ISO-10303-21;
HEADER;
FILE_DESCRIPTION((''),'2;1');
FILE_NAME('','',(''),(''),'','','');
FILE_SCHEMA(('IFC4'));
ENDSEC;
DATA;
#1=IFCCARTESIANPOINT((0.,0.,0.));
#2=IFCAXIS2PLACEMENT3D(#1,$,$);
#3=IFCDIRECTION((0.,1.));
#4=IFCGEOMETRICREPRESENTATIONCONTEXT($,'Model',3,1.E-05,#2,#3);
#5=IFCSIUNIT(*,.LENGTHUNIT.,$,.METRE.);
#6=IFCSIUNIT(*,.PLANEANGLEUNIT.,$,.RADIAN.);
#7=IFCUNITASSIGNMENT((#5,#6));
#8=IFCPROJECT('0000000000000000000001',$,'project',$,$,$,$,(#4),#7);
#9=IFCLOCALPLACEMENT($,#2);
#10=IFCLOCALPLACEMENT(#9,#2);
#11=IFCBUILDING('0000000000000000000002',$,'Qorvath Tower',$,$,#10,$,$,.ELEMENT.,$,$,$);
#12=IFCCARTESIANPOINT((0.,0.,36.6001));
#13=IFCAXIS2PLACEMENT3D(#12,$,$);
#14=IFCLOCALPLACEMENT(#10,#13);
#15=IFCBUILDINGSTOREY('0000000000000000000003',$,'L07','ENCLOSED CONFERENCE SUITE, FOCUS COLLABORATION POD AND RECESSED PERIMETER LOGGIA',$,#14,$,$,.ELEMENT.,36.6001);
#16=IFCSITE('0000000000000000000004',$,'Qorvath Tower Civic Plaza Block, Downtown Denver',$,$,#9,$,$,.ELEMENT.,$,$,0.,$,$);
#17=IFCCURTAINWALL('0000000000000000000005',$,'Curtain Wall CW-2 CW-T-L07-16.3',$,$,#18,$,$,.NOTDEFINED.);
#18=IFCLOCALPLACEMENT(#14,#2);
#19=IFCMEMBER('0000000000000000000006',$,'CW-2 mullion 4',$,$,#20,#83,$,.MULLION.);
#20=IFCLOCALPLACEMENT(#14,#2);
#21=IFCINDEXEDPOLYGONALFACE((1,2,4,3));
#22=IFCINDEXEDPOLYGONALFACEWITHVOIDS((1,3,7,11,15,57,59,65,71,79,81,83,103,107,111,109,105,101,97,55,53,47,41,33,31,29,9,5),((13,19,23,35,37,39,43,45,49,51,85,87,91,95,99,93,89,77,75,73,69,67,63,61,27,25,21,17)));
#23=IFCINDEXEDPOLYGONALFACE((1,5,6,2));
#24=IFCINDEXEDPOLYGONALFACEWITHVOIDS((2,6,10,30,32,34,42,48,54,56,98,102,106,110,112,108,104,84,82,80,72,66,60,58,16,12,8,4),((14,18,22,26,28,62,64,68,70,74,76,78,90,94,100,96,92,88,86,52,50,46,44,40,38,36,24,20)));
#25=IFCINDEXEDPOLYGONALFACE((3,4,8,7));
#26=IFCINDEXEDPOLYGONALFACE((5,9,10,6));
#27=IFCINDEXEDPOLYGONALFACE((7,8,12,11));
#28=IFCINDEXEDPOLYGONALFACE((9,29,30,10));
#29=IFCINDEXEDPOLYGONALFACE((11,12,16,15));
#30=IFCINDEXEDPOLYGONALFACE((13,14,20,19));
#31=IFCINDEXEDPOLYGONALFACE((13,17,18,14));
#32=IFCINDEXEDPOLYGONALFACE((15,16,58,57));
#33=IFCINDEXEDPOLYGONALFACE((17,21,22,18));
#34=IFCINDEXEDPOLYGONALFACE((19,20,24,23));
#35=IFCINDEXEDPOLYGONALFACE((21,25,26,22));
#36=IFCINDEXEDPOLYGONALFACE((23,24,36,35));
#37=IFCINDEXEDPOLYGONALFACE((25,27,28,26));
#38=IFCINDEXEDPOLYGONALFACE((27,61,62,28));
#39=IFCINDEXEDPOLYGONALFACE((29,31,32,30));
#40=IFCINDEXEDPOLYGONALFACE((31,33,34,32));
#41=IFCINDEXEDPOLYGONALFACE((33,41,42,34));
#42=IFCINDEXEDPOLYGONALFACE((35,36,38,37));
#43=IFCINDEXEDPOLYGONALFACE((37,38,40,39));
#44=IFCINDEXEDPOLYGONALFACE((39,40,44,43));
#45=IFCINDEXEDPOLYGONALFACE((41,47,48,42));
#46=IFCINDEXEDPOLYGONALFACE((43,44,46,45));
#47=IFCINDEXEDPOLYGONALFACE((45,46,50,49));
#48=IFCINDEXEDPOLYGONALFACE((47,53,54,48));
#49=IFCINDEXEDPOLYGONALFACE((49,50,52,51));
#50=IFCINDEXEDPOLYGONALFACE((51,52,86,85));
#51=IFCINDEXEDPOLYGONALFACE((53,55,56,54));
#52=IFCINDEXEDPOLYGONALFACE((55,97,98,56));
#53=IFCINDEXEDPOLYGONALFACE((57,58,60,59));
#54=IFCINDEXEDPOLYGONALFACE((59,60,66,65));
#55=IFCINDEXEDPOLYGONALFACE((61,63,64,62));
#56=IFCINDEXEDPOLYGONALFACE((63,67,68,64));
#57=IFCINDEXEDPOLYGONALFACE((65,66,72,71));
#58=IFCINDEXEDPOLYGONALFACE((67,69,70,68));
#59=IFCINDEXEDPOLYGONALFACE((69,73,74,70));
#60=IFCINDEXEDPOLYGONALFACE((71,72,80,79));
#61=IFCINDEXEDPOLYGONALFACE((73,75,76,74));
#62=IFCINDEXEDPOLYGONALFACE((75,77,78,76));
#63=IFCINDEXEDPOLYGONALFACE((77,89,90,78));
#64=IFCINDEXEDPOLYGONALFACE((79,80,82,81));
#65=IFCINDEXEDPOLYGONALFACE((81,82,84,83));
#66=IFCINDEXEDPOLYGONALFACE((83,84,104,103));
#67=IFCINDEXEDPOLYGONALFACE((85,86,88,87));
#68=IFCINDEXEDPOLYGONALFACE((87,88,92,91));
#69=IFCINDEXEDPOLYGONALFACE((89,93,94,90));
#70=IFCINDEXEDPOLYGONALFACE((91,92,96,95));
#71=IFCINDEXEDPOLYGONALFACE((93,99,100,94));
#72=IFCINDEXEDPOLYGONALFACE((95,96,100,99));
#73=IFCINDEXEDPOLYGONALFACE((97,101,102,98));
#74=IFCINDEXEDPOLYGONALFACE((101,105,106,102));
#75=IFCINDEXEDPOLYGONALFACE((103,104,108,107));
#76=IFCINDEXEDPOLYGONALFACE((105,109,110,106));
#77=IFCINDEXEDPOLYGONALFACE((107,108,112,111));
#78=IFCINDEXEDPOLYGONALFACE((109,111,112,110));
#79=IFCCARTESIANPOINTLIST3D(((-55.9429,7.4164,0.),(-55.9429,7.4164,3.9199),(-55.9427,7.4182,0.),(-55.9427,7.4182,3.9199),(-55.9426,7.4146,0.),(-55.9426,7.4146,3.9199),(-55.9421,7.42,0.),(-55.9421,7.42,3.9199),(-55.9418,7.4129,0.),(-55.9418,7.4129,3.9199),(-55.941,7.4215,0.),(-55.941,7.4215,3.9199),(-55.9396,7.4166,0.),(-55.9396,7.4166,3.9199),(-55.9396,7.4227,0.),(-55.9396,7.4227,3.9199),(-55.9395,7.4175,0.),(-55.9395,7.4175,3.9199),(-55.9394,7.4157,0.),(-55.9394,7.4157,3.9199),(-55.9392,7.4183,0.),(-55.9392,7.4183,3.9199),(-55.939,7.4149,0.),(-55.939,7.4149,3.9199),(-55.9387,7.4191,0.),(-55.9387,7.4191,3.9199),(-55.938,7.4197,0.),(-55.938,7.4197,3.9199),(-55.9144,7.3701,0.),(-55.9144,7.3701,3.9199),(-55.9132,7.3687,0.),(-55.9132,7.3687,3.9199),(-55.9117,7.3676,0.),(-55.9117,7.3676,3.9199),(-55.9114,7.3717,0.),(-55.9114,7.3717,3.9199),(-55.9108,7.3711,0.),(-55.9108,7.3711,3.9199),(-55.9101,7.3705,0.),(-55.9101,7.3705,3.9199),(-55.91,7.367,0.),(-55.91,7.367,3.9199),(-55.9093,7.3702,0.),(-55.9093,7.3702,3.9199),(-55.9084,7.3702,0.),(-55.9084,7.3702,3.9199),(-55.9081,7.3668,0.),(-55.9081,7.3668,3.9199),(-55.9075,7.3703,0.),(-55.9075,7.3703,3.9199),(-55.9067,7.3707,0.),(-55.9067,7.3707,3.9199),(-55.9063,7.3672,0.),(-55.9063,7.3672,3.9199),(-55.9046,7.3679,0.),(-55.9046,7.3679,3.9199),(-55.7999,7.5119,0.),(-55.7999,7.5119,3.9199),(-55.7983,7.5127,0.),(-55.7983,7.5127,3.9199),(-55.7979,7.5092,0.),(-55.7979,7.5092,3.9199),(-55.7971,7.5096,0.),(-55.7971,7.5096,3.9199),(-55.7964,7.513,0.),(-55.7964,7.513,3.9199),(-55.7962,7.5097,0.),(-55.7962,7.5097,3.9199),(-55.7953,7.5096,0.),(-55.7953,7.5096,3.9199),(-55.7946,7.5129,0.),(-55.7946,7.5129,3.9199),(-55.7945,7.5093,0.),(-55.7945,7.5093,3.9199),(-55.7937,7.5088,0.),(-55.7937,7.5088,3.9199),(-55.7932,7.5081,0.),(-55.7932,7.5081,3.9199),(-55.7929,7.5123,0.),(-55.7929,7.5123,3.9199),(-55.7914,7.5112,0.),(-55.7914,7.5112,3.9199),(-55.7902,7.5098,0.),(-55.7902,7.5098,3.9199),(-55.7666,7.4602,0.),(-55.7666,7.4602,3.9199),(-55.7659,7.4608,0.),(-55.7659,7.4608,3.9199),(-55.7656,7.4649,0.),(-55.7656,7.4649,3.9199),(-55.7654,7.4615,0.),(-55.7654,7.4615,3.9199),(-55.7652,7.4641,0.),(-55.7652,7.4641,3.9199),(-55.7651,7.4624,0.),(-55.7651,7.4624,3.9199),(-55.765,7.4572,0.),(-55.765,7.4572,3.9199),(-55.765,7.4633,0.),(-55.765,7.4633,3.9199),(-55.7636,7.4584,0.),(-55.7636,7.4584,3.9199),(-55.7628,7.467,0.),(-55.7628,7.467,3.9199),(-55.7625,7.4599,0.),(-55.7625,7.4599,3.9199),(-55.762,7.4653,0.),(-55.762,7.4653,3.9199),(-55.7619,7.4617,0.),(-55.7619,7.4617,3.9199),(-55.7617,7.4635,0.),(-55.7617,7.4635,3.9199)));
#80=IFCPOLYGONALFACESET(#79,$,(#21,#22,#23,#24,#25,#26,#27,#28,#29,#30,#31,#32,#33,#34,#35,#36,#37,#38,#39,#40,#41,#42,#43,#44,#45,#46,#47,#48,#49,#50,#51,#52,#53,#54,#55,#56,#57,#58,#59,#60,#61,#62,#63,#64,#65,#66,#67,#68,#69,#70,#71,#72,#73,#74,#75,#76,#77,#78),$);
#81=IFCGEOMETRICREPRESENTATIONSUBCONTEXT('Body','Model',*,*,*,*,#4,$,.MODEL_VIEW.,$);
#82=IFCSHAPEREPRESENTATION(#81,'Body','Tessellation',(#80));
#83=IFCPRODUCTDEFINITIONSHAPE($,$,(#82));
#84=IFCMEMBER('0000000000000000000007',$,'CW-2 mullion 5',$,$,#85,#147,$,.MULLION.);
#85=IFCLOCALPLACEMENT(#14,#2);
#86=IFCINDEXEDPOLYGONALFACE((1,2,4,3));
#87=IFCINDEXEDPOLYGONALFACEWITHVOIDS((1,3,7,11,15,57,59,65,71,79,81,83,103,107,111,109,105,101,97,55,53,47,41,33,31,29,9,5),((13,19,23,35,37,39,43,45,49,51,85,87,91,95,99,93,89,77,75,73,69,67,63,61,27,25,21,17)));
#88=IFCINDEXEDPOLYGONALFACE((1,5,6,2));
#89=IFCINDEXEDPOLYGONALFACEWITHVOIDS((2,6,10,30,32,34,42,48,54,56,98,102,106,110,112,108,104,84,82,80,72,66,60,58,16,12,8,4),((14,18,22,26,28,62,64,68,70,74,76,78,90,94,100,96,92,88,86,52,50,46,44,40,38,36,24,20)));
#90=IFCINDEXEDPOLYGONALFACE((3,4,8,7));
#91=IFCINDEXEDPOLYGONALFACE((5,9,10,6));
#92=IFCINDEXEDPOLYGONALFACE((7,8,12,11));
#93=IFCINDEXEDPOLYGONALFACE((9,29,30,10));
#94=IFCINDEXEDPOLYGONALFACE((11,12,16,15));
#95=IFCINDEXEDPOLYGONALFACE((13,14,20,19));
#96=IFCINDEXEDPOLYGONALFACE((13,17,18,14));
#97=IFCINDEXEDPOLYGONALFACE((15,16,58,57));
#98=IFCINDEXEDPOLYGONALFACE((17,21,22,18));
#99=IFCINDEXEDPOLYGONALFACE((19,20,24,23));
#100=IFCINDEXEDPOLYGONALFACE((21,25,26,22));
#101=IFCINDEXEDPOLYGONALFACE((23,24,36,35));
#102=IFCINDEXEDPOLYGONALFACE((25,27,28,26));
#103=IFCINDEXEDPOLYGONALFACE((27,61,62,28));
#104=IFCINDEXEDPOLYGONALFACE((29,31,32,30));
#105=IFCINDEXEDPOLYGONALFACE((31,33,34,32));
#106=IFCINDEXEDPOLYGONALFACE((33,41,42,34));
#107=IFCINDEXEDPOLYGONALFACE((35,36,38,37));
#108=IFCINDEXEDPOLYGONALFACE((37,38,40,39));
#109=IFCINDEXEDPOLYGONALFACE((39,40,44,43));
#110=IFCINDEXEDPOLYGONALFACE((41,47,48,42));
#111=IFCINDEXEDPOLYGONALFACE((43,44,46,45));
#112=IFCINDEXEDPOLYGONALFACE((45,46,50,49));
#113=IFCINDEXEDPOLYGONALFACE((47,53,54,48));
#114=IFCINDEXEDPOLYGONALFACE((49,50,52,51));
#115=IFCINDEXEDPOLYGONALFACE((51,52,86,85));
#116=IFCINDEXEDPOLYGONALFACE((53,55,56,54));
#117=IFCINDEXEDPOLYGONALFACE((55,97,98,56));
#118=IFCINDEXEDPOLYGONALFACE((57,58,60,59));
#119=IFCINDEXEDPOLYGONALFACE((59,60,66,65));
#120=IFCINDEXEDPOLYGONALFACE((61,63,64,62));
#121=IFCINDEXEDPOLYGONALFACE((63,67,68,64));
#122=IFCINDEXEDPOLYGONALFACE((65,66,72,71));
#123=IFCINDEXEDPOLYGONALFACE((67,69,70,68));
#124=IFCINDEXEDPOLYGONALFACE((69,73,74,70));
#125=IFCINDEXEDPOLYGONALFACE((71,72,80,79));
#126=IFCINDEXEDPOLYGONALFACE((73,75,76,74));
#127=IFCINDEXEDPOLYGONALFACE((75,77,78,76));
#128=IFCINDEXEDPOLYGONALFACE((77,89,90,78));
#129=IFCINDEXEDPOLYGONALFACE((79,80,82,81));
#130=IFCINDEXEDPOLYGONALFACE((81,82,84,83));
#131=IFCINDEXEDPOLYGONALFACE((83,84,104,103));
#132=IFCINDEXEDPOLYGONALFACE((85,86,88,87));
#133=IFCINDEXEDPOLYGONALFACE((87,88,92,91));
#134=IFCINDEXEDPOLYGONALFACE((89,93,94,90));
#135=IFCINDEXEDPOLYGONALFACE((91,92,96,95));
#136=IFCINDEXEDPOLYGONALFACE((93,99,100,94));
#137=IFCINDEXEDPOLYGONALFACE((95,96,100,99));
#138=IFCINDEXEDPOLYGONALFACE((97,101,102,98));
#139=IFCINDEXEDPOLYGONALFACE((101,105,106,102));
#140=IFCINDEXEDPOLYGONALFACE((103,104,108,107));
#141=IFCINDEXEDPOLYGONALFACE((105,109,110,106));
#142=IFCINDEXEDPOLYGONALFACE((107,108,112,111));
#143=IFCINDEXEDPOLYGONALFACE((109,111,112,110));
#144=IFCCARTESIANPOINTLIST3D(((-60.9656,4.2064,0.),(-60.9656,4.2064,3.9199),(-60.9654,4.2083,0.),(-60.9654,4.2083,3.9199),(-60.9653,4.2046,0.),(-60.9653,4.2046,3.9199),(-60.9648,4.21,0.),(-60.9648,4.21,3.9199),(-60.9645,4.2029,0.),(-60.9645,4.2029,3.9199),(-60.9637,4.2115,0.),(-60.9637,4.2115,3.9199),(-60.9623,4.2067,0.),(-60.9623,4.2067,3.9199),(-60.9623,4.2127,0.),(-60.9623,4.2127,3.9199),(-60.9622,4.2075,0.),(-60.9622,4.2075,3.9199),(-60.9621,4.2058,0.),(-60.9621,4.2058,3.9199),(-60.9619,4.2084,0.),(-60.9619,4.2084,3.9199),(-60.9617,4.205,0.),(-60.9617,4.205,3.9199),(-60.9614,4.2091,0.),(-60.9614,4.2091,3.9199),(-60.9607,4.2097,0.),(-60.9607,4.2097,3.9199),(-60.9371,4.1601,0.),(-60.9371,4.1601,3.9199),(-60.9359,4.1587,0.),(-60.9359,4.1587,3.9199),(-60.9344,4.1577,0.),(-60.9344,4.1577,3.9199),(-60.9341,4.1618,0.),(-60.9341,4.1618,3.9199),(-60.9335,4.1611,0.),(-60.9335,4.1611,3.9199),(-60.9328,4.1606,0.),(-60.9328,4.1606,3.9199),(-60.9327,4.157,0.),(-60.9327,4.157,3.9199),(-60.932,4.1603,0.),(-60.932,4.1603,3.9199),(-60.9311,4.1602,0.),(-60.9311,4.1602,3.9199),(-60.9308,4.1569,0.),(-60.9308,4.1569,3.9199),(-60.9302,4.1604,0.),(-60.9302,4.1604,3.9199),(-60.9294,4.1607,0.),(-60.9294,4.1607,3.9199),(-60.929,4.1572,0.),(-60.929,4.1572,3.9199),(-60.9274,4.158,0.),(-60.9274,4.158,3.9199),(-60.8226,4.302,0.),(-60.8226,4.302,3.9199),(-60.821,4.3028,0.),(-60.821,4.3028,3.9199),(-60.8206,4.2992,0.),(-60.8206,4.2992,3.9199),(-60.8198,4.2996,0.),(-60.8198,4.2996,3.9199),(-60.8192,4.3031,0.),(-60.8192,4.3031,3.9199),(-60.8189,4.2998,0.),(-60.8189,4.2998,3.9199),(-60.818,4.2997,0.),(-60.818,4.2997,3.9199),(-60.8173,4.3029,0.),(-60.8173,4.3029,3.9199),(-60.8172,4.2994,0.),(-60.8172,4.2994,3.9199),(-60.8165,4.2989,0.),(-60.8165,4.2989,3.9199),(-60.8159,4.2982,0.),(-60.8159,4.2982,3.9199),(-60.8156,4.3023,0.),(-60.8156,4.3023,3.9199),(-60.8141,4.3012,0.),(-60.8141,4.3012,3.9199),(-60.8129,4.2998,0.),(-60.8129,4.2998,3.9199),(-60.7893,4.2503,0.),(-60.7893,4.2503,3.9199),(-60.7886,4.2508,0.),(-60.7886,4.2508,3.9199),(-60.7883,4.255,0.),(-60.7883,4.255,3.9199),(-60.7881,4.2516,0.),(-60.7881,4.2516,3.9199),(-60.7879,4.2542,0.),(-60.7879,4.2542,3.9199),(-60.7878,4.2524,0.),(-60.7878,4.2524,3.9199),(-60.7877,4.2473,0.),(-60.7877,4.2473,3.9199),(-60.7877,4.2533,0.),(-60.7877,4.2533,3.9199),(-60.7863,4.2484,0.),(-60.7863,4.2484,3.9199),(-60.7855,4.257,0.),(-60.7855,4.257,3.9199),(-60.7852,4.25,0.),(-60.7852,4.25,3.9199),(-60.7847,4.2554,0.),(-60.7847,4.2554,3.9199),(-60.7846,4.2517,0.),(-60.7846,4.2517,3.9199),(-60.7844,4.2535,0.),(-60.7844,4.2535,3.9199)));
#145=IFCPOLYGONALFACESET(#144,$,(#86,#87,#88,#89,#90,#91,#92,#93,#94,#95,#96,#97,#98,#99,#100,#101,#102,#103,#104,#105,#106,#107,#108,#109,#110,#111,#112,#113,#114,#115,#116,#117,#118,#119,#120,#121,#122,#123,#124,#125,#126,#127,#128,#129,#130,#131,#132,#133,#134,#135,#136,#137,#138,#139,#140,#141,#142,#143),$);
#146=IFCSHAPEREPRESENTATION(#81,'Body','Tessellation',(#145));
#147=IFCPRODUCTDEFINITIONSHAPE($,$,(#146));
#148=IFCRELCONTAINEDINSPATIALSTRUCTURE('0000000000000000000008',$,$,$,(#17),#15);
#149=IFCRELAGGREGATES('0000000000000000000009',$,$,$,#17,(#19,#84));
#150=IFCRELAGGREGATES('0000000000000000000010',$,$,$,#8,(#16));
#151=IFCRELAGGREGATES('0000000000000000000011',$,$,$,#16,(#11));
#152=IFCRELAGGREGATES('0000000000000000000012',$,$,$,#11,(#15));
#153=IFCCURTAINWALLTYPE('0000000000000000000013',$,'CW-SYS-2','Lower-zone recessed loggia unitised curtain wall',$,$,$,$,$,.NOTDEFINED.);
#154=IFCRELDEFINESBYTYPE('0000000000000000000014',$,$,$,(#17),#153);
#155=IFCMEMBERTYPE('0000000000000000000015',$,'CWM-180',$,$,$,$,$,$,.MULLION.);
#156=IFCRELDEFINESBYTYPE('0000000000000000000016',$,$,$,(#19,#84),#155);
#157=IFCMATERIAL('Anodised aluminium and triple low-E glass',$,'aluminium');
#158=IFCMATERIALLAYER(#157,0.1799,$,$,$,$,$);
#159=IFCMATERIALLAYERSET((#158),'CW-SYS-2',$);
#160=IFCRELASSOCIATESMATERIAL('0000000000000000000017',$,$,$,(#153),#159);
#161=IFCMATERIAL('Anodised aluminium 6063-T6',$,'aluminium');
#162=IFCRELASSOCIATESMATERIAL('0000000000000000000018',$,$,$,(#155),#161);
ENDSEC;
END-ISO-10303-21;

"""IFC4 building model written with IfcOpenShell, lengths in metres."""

from ifc_helpers import new_model, si_unit, direction, frame, origin, origin_2d, place, context, subcontext, project, spatial, hollow_rectangle, extrude, material, layer, layer_set, material_profile, profile_set, type_object, element, aggregate, save


model = new_model("IFC4")

# Units and contexts
model_context = context("Model", 3, precision=1e-05, world=origin(), true_north=direction((0.0, 1.0)))
body_context = subcontext(model_context, "Body", "Model", "MODEL_VIEW")
ifc_project = project(units=[si_unit("LENGTHUNIT", "METRE"), si_unit("PLANEANGLEUNIT", "RADIAN")], contexts=[model_context])

# Site, building, storey
site_placement = place(None, origin())
site = spatial("IfcSite", under=ifc_project, at=site_placement, Name="Qorvath Tower Civic Plaza Block, Downtown Denver", CompositionType="ELEMENT", RefElevation=0.0)
building_placement = place(site_placement, origin())
building = spatial("IfcBuilding", under=site, at=building_placement, Name="Qorvath Tower", CompositionType="ELEMENT")
storey_placement = place(building_placement, frame((0.0, 0.0, 36.6001)))
storey = spatial("IfcBuildingStorey", under=building, at=storey_placement, Name="L07", Description="ENCLOSED CONFERENCE SUITE, FOCUS COLLABORATION POD AND RECESSED PERIMETER LOGGIA", CompositionType="ELEMENT", Elevation=36.6001)

# Curtain wall, members
ifc_material_1 = material(Name="Anodised aluminium and triple low-E glass", Category="aluminium")
ifc_layer_1 = layer(ifc_material_1, 0.1799)
ifc_layer_set_1 = layer_set([ifc_layer_1], Name="CW-SYS-2")
curtain_wall_type = type_object("IfcCurtainWallType", Name="CW-SYS-2", Description="Lower-zone recessed loggia unitised curtain wall", PredefinedType="NOTDEFINED", material=ifc_layer_set_1)
curtain_wall_placement = place(storey_placement, origin())
curtain_wall = element("IfcCurtainWall", 1, at=curtain_wall_placement, inside=storey, type_object=curtain_wall_type, Name="Curtain Wall CW-2 CW-T-L07-16.3", PredefinedType="NOTDEFINED")
ifc_material_2 = material(Name="Anodised aluminium 6063-T6", Category="aluminium")
ifc_material_profile_1 = material_profile(ifc_material_2, hollow_rectangle(XDim=0.0649, YDim=0.1799, WallThickness=0.0034, InnerFilletRadius=0.0034, OuterFilletRadius=0.0071, at=origin_2d()), Name="CWM 180x65")
ifc_profile_set_1 = profile_set([ifc_material_profile_1], Name="Anodised aluminium 6063-T6")
member_type_1 = type_object("IfcMemberType", Name="CWM-180", PredefinedType="MULLION", material=ifc_profile_set_1)
member_1_placement = place(storey_placement, frame((-55.8523, 7.4399, 0.0), z_axis=(0.0, 0.0, 1.0), x_axis=(0.538529, -0.842607, 0.0)))
member_1 = element("IfcMember", 2, at=member_1_placement, type_object=member_type_1, Name="CW-2 mullion 4", PredefinedType="MULLION", context=body_context, shape_type="SweptSolid", body=[
    extrude(hollow_rectangle(XDim=0.0649, YDim=0.1799, WallThickness=0.0034, InnerFilletRadius=0.0034, OuterFilletRadius=0.0071, at=origin_2d()), origin(), (0.0, 0.0, 1.0), 3.9199),
])
member_2_placement = place(storey_placement, frame((-60.875, 4.23, 0.0), z_axis=(0.0, 0.0, 1.0), x_axis=(0.538529, -0.842607, 0.0)))
member_2 = element("IfcMember", 3, at=member_2_placement, type_object=member_type_1, Name="CW-2 mullion 5", PredefinedType="MULLION", context=body_context, shape_type="SweptSolid", body=[
    extrude(hollow_rectangle(XDim=0.0649, YDim=0.1799, WallThickness=0.0034, InnerFilletRadius=0.0034, OuterFilletRadius=0.0071, at=origin_2d()), origin(), (0.0, 0.0, 1.0), 3.9199),
])

aggregate(curtain_wall, [member_1, member_2])

save(model, "model.ifc")
